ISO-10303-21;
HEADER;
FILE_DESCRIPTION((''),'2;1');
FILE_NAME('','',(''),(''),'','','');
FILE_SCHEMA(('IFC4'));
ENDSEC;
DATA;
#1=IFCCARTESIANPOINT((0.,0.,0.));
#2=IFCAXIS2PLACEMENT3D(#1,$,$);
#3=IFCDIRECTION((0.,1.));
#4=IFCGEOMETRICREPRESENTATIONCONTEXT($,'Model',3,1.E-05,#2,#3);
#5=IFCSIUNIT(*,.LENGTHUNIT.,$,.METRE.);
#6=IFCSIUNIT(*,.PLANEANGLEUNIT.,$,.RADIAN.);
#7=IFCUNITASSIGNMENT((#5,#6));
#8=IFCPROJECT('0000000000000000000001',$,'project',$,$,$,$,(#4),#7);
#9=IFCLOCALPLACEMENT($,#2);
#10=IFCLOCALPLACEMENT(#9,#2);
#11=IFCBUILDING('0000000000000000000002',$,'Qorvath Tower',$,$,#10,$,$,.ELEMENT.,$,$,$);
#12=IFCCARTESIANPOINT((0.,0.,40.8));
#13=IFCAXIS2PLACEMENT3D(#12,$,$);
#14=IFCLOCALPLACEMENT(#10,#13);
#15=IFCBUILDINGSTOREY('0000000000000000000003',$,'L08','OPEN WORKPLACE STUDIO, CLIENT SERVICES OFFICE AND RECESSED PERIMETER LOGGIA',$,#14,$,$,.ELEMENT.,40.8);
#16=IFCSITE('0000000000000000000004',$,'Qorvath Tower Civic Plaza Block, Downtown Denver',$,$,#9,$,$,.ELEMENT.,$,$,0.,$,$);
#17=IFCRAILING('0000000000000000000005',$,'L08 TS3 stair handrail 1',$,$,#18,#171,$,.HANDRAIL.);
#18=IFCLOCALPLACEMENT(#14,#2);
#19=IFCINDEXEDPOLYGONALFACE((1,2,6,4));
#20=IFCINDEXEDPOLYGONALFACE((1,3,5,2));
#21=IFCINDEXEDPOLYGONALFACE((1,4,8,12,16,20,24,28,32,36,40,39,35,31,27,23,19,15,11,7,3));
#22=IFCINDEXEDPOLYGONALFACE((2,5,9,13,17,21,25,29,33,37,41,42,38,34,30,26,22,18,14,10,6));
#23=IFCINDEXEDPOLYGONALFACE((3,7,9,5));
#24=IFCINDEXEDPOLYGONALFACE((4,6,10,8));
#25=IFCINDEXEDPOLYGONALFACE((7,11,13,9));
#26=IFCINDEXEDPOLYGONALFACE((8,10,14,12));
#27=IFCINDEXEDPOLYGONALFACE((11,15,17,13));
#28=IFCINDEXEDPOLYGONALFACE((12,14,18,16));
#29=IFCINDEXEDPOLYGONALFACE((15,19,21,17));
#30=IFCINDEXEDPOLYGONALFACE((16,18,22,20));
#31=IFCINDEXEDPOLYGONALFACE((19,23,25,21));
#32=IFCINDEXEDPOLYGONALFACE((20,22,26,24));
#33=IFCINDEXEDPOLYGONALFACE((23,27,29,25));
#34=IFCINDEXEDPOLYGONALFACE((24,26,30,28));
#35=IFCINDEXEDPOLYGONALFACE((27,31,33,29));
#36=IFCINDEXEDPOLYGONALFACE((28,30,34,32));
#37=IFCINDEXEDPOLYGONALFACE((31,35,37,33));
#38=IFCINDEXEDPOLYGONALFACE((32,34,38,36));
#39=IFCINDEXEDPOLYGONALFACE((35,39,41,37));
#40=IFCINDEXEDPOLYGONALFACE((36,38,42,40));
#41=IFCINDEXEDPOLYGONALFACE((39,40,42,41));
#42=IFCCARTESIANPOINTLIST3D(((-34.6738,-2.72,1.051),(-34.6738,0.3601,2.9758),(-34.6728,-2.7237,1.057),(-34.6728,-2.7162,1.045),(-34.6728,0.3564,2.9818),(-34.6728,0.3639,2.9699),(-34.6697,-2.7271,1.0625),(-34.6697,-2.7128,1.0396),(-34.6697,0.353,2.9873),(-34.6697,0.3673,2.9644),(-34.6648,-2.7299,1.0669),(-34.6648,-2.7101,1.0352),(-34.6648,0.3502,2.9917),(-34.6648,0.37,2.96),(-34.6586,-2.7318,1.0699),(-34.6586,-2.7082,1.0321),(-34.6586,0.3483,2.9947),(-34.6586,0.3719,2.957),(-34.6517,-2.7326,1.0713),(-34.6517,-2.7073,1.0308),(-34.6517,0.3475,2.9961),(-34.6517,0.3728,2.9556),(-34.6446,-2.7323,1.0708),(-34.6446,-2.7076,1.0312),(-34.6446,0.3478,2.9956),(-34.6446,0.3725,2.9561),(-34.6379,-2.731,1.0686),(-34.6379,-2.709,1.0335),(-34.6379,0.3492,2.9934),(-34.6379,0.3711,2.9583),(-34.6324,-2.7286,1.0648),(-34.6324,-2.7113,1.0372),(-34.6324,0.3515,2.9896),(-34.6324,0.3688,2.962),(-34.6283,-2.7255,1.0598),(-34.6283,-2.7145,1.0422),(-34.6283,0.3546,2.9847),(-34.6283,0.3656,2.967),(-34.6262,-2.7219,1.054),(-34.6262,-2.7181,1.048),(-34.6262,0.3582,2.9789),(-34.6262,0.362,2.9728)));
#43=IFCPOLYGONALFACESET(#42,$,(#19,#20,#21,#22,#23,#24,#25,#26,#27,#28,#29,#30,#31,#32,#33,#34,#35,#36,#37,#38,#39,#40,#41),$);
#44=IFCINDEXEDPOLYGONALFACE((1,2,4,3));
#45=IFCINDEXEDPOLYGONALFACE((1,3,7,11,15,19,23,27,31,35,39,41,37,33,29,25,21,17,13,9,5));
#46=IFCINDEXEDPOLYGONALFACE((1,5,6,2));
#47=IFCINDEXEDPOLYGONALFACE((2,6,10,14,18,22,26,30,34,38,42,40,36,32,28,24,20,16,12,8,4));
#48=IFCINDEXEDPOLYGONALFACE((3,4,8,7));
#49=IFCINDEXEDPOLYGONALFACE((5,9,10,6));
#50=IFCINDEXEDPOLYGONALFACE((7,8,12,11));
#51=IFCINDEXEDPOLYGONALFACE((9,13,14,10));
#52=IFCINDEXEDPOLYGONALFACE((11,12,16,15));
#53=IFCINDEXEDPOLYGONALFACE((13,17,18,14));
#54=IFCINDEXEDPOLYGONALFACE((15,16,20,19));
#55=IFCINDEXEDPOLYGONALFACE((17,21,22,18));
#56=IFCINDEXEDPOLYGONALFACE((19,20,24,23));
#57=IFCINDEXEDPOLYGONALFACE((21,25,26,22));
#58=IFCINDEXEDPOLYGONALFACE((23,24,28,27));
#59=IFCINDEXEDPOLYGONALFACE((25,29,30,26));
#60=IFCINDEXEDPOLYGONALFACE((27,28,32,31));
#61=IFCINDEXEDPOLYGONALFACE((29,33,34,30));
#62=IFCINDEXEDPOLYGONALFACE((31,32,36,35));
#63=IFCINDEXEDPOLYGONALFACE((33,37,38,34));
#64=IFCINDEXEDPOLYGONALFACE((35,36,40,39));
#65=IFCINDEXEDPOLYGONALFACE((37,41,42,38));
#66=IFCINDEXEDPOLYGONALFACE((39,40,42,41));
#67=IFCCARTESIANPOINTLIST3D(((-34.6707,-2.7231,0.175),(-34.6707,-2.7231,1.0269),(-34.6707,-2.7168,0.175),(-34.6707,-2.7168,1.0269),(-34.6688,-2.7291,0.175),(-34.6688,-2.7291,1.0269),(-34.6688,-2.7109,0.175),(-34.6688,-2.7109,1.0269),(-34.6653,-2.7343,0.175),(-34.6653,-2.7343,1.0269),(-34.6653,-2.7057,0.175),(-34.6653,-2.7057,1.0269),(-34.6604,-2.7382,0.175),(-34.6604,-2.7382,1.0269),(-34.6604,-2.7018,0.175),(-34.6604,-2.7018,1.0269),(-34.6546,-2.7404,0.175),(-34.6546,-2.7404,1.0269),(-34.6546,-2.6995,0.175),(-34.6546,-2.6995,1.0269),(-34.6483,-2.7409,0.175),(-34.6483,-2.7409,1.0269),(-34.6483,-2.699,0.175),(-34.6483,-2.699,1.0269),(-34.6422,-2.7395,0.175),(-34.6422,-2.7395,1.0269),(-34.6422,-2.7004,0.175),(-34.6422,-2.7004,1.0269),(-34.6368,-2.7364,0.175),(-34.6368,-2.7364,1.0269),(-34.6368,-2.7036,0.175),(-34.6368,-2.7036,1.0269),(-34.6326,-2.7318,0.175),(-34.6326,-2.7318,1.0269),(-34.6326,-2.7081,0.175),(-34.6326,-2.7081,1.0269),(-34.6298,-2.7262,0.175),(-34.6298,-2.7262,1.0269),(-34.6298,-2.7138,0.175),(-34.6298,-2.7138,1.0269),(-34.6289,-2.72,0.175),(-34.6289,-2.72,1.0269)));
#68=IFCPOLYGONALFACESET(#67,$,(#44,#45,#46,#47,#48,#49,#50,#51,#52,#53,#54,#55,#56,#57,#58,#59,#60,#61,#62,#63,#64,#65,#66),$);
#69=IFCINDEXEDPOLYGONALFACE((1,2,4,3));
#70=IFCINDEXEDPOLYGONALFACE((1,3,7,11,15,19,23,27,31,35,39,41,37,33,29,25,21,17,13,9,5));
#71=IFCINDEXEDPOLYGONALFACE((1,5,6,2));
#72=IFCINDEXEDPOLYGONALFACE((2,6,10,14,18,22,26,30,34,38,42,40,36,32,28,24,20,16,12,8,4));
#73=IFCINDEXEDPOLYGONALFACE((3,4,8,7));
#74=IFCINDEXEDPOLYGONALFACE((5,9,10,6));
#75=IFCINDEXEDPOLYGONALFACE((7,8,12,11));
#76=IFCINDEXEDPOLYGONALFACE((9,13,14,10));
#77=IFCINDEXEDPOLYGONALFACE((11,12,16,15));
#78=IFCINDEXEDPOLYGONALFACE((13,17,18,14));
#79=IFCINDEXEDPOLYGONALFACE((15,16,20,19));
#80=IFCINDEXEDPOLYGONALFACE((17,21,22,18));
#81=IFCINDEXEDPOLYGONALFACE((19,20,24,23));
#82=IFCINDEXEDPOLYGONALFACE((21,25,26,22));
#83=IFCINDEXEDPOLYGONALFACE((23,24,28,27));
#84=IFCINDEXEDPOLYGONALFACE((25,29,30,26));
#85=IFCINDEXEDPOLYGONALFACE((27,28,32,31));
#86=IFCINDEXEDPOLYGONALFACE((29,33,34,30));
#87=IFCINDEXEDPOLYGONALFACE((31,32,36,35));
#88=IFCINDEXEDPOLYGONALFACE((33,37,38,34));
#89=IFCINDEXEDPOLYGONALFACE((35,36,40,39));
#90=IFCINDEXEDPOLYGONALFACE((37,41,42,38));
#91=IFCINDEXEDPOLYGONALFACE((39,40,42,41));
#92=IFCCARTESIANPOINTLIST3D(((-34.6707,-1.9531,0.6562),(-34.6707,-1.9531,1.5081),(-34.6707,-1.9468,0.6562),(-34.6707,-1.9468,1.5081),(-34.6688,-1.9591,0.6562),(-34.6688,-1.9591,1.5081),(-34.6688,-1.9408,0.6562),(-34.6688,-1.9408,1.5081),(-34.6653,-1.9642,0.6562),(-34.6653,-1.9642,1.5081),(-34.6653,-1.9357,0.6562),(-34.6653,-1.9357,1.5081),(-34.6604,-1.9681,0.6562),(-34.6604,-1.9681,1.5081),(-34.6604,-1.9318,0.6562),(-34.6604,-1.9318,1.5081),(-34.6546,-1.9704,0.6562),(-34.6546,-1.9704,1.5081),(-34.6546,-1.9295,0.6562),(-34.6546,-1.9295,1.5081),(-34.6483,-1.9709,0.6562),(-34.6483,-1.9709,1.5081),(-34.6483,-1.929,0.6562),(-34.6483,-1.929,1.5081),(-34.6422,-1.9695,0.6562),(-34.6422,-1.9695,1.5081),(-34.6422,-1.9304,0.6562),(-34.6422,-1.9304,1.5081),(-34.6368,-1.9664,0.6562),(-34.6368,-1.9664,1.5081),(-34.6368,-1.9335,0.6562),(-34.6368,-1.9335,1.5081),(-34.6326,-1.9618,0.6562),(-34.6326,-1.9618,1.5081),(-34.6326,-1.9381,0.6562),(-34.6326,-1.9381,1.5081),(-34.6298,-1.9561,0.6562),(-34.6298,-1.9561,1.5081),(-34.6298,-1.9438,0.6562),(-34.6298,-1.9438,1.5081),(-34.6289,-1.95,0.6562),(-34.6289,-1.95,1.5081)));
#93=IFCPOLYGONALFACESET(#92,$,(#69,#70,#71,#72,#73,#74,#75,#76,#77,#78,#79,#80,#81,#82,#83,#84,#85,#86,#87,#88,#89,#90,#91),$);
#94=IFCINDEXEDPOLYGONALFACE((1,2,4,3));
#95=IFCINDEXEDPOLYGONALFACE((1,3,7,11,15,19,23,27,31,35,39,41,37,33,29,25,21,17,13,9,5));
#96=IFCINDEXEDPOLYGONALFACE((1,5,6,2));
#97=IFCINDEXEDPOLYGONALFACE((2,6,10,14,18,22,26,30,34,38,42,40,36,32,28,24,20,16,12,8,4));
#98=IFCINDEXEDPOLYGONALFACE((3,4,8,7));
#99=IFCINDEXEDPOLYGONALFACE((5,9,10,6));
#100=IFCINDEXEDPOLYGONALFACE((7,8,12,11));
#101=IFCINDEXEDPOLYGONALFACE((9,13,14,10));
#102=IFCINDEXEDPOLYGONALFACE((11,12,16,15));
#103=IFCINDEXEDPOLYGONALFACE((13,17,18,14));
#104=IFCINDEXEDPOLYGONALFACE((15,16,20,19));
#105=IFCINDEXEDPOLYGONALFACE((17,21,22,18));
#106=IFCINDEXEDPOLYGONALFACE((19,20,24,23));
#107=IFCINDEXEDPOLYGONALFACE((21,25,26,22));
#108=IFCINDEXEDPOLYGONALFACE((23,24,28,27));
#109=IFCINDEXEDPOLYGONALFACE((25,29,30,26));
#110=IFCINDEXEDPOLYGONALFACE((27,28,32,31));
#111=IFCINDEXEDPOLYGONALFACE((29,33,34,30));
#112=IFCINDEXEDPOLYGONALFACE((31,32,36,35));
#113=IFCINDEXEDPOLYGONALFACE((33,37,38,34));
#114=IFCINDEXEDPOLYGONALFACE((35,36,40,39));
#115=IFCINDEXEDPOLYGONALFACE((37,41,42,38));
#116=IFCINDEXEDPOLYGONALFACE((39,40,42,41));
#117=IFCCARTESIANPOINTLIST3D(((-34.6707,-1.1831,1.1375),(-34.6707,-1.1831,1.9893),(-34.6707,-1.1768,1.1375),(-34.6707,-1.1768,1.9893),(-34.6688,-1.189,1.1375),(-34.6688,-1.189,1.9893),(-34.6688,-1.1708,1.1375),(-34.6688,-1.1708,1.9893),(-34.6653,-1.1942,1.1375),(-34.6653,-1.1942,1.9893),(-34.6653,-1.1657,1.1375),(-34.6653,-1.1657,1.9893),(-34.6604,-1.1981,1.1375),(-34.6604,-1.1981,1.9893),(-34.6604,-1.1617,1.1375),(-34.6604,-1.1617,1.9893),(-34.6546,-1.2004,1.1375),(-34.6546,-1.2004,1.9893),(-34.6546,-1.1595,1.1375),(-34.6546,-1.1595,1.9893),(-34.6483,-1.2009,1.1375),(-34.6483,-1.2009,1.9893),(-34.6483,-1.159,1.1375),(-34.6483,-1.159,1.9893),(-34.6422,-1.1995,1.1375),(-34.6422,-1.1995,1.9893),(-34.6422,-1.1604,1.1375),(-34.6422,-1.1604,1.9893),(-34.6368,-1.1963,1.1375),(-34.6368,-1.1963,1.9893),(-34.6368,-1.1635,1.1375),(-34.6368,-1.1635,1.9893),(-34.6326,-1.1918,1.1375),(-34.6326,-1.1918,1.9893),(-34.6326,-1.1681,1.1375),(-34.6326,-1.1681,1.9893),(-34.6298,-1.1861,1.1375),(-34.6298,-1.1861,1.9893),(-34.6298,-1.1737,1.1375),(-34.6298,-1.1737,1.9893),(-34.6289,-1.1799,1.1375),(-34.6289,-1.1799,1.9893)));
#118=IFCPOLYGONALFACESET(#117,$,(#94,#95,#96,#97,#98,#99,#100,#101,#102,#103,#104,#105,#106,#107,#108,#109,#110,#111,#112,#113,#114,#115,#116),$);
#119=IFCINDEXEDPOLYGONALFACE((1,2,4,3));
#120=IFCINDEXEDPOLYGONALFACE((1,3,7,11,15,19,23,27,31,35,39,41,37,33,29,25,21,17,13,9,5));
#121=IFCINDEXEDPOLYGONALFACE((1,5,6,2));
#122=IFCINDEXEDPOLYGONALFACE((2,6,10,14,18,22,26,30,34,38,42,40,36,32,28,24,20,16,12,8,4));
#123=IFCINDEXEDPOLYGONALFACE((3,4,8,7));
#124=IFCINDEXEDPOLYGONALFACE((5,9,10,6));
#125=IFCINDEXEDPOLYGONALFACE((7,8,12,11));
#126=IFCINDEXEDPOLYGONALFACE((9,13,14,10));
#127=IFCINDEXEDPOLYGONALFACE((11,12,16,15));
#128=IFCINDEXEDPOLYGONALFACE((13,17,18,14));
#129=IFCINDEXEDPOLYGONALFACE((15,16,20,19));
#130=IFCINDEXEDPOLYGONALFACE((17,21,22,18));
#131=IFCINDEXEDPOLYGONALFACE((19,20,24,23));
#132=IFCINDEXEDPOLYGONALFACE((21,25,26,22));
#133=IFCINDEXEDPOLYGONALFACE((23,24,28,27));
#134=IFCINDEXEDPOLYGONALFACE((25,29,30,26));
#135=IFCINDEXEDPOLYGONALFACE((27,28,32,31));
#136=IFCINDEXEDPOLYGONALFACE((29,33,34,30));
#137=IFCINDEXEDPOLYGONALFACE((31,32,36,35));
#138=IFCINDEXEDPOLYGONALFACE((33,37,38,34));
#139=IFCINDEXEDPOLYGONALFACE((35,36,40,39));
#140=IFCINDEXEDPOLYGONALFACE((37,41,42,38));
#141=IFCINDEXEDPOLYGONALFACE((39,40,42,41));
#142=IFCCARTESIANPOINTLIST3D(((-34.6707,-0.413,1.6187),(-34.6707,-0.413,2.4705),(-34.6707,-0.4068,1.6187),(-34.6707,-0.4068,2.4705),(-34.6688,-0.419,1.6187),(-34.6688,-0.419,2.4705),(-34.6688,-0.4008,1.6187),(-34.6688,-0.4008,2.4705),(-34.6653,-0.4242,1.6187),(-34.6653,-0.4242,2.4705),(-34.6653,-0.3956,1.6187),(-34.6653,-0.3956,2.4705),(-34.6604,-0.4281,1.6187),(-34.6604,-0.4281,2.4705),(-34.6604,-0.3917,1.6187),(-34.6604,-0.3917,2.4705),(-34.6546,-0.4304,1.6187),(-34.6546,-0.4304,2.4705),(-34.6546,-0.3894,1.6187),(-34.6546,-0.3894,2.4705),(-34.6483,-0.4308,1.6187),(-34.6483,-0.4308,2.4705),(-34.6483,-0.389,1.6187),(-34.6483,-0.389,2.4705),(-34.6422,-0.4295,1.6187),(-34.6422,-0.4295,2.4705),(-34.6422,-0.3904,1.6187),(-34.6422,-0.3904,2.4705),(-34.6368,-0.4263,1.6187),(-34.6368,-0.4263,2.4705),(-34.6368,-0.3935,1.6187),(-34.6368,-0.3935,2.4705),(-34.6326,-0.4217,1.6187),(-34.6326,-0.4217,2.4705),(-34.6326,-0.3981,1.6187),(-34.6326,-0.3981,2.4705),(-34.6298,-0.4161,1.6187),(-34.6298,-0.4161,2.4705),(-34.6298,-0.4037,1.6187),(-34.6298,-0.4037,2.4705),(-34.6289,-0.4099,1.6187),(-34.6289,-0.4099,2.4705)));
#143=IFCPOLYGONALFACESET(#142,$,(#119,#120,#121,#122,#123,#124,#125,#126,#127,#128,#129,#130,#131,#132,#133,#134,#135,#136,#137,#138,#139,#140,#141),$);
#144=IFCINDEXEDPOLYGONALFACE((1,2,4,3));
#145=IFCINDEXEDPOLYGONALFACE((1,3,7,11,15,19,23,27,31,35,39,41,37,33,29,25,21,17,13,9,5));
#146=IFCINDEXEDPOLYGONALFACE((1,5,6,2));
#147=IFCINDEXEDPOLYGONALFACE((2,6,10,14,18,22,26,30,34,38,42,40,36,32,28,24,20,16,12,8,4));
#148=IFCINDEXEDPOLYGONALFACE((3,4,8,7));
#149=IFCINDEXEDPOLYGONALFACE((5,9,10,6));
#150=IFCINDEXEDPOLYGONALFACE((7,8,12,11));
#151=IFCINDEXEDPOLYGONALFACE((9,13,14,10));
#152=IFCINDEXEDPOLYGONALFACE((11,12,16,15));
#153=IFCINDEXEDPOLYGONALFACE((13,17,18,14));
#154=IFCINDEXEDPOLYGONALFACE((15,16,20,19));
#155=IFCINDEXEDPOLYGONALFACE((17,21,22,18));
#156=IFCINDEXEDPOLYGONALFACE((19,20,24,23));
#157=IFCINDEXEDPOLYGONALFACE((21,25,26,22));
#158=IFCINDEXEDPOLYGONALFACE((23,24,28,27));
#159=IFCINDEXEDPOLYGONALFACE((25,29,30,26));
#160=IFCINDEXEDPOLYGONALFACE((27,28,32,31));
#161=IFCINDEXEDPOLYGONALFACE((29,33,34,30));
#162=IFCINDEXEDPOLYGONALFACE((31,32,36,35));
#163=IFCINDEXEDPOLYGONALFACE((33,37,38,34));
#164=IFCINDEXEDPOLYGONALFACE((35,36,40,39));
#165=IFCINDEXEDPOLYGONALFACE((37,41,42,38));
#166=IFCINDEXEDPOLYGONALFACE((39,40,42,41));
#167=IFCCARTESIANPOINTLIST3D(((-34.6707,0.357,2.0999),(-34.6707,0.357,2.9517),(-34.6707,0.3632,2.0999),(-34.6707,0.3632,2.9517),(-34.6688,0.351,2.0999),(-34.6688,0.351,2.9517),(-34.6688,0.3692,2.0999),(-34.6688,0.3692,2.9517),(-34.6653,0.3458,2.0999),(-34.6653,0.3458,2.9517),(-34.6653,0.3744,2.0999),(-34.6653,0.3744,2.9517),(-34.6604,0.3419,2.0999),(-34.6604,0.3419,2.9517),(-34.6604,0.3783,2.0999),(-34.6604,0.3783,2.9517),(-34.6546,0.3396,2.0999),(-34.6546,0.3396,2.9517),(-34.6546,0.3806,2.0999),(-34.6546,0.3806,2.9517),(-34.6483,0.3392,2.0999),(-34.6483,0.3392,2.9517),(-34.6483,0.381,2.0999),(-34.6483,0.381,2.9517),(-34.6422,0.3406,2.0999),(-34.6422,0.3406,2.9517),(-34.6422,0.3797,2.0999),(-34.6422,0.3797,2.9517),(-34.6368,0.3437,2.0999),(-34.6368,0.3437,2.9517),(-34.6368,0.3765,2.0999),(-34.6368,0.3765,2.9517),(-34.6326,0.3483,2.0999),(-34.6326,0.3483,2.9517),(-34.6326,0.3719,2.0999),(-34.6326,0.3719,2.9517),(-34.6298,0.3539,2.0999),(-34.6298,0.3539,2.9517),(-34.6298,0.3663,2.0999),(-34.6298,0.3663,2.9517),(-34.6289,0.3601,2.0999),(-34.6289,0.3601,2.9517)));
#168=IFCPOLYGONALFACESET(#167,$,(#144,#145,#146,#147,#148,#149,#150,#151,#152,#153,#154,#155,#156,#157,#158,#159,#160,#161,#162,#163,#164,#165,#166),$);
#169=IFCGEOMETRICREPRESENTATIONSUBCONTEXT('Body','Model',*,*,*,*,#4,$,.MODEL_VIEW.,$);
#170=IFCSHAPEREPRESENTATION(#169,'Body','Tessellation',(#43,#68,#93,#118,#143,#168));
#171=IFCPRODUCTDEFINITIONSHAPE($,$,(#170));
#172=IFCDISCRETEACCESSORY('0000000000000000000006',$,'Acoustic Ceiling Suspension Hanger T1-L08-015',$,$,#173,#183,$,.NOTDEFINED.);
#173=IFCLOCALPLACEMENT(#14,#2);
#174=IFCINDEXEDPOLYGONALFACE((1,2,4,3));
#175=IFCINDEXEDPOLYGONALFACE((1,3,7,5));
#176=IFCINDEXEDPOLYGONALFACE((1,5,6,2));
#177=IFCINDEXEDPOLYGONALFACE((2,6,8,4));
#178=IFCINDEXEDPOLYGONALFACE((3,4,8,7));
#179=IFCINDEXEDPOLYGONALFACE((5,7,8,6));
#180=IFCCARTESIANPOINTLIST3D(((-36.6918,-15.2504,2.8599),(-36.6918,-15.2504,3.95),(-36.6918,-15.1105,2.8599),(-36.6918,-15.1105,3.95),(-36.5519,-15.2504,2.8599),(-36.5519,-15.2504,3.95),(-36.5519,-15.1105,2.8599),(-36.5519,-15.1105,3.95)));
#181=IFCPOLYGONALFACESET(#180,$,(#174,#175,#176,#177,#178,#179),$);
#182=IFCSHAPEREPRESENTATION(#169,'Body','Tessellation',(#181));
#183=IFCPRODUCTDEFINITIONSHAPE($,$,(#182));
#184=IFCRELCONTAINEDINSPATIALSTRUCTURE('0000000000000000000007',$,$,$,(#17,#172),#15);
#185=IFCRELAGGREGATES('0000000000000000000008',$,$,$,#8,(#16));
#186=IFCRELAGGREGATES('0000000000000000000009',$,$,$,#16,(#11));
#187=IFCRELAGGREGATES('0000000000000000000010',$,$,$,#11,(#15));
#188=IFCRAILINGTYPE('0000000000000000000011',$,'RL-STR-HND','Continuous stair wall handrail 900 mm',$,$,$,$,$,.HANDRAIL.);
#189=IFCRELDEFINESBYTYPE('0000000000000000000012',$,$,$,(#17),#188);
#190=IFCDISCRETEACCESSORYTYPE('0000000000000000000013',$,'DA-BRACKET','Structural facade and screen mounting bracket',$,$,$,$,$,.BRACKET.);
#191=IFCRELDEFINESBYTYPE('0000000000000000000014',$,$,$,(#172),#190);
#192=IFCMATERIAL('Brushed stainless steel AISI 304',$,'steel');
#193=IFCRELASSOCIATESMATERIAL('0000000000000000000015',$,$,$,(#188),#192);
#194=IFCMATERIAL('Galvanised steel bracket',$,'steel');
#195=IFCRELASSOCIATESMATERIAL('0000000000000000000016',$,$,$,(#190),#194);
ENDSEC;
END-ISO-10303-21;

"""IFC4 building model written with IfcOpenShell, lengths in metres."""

from ifc_helpers import new_model, si_unit, direction, frame, origin, origin_2d, place, context, subcontext, project, spatial, rectangle, circle, extrude, material, type_object, element, save


model = new_model("IFC4")

# Units and contexts
model_context = context("Model", 3, precision=1e-05, world=origin(), true_north=direction((0.0, 1.0)))
body_context = subcontext(model_context, "Body", "Model", "MODEL_VIEW")
ifc_project = project(units=[si_unit("LENGTHUNIT", "METRE"), si_unit("PLANEANGLEUNIT", "RADIAN")], contexts=[model_context])

# Site, building, storey
site_placement = place(None, origin())
site = spatial("IfcSite", under=ifc_project, at=site_placement, Name="Qorvath Tower Civic Plaza Block, Downtown Denver", CompositionType="ELEMENT", RefElevation=0.0)
building_placement = place(site_placement, origin())
building = spatial("IfcBuilding", under=site, at=building_placement, Name="Qorvath Tower", CompositionType="ELEMENT")
storey_placement = place(building_placement, frame((0.0, 0.0, 40.8)))
storey = spatial("IfcBuildingStorey", under=building, at=storey_placement, Name="L08", Description="OPEN WORKPLACE STUDIO, CLIENT SERVICES OFFICE AND RECESSED PERIMETER LOGGIA", CompositionType="ELEMENT", Elevation=40.8)

# Railing
ifc_material_1 = material(Name="Brushed stainless steel AISI 304", Category="steel")
railing_type_1 = type_object("IfcRailingType", Name="RL-STR-HND", Description="Continuous stair wall handrail 900 mm", PredefinedType="HANDRAIL", material=ifc_material_1)
railing_1_placement = place(storey_placement, frame((-34.6499, -2.72, 0.175)))
element("IfcRailing", 1, at=railing_1_placement, inside=storey, type_object=railing_type_1, Name="L08 TS3 stair handrail 1", PredefinedType="HANDRAIL", context=body_context, shape_type="SweptSolid", body=[
    extrude(circle(Radius=0.0239, at=origin_2d()), frame((0.0, 0.0, 0.876), z_axis=(0.0, 0.848029, 0.529951), x_axis=(-1.0, 0.0, 0.0)), (0.0, 0.0, 1.0), 3.6321),
    extrude(circle(Radius=0.021, at=origin_2d()), origin(), (0.0, 0.0, 1.0), 0.8518),
    extrude(circle(Radius=0.021, at=origin_2d()), frame((0.0, 0.77, 0.4812)), (0.0, 0.0, 1.0), 0.8518),
    extrude(circle(Radius=0.021, at=origin_2d()), frame((0.0, 1.54, 0.9624)), (0.0, 0.0, 1.0), 0.8518),
    extrude(circle(Radius=0.021, at=origin_2d()), frame((0.0, 2.3101, 1.4436)), (0.0, 0.0, 1.0), 0.8518),
    extrude(circle(Radius=0.021, at=origin_2d()), frame((0.0, 3.0801, 1.9248)), (0.0, 0.0, 1.0), 0.8518),
])

# Discrete accessory
ifc_material_2 = material(Name="Galvanised steel bracket", Category="steel")
discrete_accessory_type = type_object("IfcDiscreteAccessoryType", Name="DA-BRACKET", Description="Structural facade and screen mounting bracket", PredefinedType="BRACKET", material=ifc_material_2)
discrete_accessory_placement = place(storey_placement, frame((-36.6218, -15.1804, 2.8599), z_axis=(0.0, 0.0, 1.0), x_axis=(1.0, 0.0, 0.0)))
element("IfcDiscreteAccessory", 2, at=discrete_accessory_placement, inside=storey, type_object=discrete_accessory_type, Name="Acoustic Ceiling Suspension Hanger T1-L08-015", PredefinedType="NOTDEFINED", context=body_context, shape_type="SweptSolid", body=[
    extrude(rectangle(XDim=0.1399, YDim=0.1399, at=origin_2d()), origin(), (0.0, 0.0, 1.0), 1.0901),
])

save(model, "model.ifc")
